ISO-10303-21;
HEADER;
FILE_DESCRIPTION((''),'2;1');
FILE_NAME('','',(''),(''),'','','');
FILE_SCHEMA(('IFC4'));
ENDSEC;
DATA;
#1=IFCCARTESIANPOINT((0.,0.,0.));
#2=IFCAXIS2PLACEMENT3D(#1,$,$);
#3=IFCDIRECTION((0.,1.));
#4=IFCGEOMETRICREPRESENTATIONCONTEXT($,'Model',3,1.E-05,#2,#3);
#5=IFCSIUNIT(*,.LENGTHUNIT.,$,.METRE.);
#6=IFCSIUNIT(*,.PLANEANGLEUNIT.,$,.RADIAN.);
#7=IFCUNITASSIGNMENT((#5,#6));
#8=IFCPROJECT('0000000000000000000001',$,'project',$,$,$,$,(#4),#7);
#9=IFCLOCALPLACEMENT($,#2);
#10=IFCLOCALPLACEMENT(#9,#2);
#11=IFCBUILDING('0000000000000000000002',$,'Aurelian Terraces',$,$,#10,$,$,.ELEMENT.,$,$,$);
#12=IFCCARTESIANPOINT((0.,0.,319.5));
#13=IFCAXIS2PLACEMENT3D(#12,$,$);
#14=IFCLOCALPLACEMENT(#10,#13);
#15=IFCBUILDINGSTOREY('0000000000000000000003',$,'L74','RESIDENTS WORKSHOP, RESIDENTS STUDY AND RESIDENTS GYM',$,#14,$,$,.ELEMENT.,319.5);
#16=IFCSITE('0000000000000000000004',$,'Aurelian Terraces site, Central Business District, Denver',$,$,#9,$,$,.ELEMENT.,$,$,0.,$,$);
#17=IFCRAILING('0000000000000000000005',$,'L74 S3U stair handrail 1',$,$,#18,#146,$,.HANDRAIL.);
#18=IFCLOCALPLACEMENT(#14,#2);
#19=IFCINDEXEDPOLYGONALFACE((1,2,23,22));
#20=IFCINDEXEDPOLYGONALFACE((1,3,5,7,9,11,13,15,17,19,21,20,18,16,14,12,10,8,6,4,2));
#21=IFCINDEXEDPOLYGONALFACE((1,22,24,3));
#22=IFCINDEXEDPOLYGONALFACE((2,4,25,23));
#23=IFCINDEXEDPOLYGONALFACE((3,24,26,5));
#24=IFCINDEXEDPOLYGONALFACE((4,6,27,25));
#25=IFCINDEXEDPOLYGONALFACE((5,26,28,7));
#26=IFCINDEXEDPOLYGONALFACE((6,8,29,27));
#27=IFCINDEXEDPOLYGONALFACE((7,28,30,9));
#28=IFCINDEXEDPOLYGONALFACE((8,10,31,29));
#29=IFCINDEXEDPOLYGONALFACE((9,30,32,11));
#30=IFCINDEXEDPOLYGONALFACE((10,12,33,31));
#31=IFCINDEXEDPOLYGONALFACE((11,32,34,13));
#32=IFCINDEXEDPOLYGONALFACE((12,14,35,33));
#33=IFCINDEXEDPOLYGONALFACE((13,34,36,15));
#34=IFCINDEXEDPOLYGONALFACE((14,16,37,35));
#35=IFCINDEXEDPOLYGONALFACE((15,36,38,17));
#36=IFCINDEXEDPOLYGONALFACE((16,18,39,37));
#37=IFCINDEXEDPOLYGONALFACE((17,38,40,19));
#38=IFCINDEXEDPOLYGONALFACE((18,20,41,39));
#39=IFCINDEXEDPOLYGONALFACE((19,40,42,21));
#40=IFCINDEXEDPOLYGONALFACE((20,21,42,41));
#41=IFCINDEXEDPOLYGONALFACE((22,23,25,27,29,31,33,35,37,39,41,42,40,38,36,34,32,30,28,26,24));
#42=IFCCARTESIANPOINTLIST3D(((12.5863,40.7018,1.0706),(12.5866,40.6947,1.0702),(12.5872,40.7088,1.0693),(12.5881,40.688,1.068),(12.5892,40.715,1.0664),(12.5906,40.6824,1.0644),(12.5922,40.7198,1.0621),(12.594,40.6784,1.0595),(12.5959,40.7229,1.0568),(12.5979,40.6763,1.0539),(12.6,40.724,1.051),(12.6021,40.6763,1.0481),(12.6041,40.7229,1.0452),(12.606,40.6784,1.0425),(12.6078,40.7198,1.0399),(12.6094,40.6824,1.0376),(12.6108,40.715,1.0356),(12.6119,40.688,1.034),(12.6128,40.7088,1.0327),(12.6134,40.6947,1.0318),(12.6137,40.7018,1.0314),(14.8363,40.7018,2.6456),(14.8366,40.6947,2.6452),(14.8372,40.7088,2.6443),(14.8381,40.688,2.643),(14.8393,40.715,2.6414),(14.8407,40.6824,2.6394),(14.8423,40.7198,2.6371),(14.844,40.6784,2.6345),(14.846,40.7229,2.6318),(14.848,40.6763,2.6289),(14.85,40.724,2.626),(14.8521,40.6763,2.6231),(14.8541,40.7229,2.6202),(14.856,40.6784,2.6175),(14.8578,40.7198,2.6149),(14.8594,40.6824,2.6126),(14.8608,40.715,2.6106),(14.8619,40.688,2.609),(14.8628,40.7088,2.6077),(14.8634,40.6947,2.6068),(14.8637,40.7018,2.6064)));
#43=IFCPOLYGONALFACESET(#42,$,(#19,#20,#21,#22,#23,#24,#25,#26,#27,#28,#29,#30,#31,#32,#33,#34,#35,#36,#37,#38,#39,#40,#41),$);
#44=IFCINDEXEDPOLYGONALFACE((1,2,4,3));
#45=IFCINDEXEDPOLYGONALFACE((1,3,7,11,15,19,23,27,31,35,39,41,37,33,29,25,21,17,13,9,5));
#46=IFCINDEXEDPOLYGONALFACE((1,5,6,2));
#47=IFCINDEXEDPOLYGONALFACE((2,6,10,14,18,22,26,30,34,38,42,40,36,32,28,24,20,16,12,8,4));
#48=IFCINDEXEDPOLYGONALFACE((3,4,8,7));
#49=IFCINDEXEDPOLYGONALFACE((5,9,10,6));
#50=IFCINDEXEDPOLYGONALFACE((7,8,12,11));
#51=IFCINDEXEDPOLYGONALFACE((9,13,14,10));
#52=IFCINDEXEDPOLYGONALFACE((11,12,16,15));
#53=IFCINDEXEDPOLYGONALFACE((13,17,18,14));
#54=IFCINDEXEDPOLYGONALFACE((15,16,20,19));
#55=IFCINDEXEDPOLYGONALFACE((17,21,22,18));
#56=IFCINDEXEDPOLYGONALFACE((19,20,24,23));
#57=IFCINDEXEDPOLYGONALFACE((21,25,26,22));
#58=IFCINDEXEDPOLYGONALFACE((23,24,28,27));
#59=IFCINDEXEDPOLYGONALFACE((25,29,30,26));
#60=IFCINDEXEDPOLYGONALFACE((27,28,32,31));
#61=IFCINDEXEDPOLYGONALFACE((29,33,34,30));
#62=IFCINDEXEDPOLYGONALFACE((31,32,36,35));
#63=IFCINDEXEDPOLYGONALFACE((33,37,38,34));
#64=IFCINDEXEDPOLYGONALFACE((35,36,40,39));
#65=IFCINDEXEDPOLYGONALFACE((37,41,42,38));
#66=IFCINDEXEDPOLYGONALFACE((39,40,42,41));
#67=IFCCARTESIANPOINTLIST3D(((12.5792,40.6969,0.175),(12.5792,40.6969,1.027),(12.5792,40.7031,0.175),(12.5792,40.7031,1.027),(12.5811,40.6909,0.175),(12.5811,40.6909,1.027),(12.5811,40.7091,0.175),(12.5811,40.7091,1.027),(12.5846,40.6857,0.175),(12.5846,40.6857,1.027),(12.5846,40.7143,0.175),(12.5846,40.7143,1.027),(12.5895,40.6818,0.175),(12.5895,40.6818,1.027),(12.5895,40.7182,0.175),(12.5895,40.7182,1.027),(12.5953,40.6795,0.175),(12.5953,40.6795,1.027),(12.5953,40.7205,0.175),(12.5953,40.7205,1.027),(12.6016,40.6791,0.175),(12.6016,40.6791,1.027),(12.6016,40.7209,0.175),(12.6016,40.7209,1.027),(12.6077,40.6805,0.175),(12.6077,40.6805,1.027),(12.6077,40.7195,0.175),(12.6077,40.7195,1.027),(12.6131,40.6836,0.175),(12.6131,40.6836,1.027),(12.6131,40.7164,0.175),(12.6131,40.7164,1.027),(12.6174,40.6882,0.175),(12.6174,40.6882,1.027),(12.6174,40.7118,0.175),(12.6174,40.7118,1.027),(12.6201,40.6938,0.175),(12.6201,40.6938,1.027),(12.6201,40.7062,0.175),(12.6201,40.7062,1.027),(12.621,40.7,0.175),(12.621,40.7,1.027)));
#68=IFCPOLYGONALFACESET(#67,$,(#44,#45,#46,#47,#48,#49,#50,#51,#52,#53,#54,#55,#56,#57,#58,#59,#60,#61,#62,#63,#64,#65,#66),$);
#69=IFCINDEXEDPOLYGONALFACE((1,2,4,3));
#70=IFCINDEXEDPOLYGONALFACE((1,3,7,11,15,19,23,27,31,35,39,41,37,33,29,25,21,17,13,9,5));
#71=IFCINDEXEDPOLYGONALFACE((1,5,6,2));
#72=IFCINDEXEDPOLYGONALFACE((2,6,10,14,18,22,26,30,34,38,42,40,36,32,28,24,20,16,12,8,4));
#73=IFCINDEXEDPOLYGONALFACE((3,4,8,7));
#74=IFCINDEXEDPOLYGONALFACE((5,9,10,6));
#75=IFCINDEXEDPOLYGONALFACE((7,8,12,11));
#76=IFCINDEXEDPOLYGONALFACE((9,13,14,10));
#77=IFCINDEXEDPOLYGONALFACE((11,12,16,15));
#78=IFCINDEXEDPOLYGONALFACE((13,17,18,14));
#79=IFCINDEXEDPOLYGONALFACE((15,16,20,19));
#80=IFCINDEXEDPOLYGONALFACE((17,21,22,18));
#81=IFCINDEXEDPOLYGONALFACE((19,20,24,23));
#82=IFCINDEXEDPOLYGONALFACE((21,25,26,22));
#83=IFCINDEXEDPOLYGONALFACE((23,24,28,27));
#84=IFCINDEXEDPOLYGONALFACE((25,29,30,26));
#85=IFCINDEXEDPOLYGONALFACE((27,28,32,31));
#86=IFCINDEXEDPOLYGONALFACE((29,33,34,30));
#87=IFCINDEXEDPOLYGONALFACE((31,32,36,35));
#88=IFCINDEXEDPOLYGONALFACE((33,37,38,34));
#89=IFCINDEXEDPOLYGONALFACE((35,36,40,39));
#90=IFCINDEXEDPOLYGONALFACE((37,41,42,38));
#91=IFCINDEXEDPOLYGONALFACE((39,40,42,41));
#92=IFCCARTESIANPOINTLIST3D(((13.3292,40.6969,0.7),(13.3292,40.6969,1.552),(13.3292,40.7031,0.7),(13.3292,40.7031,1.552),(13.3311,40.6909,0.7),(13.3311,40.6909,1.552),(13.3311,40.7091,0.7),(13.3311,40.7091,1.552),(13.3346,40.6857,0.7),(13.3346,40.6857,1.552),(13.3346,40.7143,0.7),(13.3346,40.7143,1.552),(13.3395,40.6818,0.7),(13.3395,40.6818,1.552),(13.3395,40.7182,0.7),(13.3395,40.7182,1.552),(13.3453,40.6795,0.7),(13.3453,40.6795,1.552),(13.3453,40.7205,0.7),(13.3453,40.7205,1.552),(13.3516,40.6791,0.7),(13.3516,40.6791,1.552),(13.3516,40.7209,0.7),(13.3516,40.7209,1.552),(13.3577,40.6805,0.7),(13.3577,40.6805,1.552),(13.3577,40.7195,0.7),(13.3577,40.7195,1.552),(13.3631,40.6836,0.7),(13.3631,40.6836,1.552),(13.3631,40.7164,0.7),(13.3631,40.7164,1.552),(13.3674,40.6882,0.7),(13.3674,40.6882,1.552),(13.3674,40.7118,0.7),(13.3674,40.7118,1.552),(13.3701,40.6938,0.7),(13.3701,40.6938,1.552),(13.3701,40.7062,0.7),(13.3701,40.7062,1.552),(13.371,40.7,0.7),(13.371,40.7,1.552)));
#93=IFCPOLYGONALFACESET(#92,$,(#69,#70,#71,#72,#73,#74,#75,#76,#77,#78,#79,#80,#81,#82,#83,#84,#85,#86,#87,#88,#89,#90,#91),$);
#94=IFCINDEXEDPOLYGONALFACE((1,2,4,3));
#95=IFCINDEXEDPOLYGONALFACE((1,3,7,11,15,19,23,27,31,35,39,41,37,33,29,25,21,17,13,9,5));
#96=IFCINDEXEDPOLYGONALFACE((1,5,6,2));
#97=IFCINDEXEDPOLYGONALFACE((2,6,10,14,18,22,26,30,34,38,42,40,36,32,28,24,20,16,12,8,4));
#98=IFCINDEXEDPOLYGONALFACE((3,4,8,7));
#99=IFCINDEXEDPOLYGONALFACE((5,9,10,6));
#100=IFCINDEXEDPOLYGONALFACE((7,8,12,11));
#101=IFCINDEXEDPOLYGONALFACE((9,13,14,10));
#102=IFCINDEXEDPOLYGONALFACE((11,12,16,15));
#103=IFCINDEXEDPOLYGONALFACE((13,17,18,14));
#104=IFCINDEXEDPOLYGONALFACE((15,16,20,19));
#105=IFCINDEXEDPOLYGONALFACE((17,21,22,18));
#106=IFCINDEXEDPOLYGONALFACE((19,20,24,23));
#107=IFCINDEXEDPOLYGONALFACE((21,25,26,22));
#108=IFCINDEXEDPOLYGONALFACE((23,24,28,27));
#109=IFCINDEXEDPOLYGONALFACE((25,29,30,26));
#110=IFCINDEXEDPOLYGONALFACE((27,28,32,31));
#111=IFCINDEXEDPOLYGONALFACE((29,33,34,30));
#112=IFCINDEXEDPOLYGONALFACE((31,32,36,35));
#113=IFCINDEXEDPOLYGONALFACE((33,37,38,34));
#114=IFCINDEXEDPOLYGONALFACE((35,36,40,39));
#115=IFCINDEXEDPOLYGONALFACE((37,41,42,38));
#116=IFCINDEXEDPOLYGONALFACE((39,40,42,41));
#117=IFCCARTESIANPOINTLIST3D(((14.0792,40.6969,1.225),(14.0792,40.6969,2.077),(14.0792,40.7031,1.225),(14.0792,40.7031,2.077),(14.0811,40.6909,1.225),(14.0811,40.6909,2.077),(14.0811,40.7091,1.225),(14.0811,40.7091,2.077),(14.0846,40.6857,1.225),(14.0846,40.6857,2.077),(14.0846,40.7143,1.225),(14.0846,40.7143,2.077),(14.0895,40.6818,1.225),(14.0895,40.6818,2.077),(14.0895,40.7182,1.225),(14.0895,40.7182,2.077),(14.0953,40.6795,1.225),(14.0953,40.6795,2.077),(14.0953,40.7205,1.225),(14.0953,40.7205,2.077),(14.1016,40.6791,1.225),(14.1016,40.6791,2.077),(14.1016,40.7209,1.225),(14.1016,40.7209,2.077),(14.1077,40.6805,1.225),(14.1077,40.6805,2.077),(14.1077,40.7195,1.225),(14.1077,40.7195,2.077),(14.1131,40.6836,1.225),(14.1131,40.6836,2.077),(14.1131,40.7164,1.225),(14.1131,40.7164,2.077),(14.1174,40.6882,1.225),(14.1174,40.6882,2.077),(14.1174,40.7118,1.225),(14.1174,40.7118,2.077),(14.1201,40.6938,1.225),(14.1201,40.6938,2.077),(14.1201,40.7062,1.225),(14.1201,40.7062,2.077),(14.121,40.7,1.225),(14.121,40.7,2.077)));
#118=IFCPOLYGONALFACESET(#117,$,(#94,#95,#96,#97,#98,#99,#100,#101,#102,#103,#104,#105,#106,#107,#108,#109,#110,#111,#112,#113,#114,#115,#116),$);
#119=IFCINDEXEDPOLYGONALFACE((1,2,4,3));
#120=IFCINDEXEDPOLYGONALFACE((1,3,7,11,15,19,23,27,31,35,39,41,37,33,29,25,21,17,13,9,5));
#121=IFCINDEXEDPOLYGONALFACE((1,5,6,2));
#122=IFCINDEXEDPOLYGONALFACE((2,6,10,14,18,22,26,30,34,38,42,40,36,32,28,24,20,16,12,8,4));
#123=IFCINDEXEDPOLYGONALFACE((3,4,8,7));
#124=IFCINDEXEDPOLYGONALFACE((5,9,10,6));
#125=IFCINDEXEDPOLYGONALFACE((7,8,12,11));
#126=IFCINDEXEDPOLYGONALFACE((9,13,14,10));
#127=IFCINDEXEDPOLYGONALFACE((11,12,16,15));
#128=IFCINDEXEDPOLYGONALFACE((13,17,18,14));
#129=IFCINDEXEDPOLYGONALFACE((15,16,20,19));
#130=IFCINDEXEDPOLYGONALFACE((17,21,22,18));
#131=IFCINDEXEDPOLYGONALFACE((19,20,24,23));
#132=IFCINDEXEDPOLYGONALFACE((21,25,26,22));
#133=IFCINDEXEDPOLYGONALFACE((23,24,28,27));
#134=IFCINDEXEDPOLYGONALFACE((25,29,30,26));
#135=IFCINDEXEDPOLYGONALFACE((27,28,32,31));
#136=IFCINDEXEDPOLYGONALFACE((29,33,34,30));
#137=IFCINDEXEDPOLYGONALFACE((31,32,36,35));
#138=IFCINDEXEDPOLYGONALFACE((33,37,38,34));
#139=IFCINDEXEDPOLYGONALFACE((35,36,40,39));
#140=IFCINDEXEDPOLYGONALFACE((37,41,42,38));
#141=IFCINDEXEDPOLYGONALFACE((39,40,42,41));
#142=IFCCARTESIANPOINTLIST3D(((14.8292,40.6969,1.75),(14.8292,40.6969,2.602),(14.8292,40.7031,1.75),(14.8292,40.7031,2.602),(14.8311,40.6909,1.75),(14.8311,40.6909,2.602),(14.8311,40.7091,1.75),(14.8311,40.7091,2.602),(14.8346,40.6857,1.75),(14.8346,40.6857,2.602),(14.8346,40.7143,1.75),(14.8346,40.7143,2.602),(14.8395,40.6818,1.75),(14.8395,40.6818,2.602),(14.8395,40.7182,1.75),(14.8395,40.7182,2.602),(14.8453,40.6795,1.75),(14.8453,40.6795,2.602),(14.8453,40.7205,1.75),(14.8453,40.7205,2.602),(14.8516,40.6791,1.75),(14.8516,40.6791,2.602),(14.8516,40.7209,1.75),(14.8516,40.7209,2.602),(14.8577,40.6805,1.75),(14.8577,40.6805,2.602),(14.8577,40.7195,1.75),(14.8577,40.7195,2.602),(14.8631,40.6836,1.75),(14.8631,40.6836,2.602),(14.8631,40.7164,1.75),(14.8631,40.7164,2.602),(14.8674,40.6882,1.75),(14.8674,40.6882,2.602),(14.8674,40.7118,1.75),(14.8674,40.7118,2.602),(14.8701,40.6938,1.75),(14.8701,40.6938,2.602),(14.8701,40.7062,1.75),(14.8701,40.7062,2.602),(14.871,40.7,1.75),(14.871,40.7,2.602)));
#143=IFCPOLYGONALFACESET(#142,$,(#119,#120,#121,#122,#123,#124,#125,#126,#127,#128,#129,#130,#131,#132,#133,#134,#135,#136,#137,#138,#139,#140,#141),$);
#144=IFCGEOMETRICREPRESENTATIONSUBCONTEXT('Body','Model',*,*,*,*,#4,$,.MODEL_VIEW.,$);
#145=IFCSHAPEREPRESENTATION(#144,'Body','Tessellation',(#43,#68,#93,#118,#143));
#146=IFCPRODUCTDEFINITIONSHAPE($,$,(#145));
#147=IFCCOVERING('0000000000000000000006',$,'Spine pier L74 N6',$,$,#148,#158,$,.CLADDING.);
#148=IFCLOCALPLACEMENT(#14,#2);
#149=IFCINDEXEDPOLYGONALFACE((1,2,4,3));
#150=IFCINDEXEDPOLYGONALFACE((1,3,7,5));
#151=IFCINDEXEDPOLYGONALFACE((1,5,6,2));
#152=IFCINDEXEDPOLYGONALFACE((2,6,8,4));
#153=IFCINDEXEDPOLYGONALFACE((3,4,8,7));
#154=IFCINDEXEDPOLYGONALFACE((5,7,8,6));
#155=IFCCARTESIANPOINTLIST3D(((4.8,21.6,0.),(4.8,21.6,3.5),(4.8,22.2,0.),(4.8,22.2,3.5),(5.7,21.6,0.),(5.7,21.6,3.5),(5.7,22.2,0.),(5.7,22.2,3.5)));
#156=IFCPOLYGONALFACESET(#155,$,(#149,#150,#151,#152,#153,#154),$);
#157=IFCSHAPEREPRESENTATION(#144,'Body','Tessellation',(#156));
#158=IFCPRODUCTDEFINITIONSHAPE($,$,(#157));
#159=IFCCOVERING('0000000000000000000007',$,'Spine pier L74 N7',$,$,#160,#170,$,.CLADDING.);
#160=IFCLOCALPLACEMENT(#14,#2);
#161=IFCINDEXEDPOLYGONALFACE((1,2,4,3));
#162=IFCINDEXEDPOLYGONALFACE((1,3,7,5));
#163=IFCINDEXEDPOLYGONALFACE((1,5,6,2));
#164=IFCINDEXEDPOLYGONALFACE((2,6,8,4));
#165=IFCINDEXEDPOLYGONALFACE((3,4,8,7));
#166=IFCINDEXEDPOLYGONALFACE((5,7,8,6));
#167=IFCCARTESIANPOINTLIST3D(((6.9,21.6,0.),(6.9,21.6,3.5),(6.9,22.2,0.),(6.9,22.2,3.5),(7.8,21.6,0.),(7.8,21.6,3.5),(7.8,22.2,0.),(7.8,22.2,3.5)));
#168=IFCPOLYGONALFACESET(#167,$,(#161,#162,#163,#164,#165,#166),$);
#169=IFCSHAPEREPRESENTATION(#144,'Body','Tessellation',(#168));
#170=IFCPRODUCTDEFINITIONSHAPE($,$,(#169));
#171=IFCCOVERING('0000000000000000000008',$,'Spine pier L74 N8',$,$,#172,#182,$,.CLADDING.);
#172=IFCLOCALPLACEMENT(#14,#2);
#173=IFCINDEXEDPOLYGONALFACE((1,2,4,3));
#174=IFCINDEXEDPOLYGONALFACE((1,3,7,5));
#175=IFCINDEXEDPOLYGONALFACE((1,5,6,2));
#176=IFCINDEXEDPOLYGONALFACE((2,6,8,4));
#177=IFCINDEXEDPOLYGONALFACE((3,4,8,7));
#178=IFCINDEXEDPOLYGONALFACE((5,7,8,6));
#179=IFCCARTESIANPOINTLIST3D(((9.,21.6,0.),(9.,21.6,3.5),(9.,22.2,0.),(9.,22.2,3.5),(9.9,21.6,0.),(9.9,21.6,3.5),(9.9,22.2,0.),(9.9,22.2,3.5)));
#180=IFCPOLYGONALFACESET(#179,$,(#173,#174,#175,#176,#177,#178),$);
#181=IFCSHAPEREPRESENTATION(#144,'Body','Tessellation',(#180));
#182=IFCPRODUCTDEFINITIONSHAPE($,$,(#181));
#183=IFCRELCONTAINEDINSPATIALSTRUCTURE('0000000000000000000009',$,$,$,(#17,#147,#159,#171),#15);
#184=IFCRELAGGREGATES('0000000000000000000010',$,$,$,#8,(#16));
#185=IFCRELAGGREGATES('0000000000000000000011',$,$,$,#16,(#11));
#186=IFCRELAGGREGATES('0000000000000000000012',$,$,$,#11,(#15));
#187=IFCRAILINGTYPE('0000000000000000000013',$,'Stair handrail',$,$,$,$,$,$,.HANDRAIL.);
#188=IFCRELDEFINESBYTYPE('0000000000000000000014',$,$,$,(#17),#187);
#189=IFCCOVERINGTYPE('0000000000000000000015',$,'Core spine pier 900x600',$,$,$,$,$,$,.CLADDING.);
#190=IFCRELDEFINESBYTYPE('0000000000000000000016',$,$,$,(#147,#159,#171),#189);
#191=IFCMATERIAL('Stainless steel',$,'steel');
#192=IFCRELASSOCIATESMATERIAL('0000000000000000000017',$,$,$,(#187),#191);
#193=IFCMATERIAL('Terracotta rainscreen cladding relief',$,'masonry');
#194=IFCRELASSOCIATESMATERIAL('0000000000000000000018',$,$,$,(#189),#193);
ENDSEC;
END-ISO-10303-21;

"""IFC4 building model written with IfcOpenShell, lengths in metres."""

from ifc_helpers import new_model, si_unit, direction, frame, origin, origin_2d, place, context, subcontext, project, spatial, rectangle, circle, extrude, source, transform, mapped, material, type_object, element, save


model = new_model("IFC4")

# Units and contexts
model_context = context("Model", 3, precision=1e-05, world=origin(), true_north=direction((0.0, 1.0)))
body_context = subcontext(model_context, "Body", "Model", "MODEL_VIEW")
ifc_project = project(units=[si_unit("LENGTHUNIT", "METRE"), si_unit("PLANEANGLEUNIT", "RADIAN")], contexts=[model_context])

# Site, building, storey
site_placement = place(None, origin())
site = spatial("IfcSite", under=ifc_project, at=site_placement, Name="Aurelian Terraces site, Central Business District, Denver", CompositionType="ELEMENT", RefElevation=0.0)
building_placement = place(site_placement, origin())
building = spatial("IfcBuilding", under=site, at=building_placement, Name="Aurelian Terraces", CompositionType="ELEMENT")
storey_placement = place(building_placement, frame((0.0, 0.0, 319.5)))
storey = spatial("IfcBuildingStorey", under=building, at=storey_placement, Name="L74", Description="RESIDENTS WORKSHOP, RESIDENTS STUDY AND RESIDENTS GYM", CompositionType="ELEMENT", Elevation=319.5)

# Shared definitions
ifc_material_1 = material(Name="Terracotta rainscreen cladding relief", Category="masonry")

# Railing
ifc_material_2 = material(Name="Stainless steel", Category="steel")
railing_type_1 = type_object("IfcRailingType", Name="Stair handrail", PredefinedType="HANDRAIL", material=ifc_material_2)
shared_shape_1 = source(origin(), body_context, "Body", "SweptSolid", [
    extrude(circle(Radius=0.024, at=origin_2d()), frame((0.0, 0.0, 0.876), z_axis=(0.819232, 0.0, 0.573462), x_axis=(0.0, 1.0, 0.0)), (0.0, 0.0, 1.0), 2.7465),
    extrude(circle(Radius=0.021, at=origin_2d()), origin(), (0.0, 0.0, 1.0), 0.852),
    extrude(circle(Radius=0.021, at=origin_2d()), frame((0.75, 0.0, 0.525)), (0.0, 0.0, 1.0), 0.852),
    extrude(circle(Radius=0.021, at=origin_2d()), frame((1.5, 0.0, 1.05)), (0.0, 0.0, 1.0), 0.852),
    extrude(circle(Radius=0.021, at=origin_2d()), frame((2.25, 0.0, 1.575)), (0.0, 0.0, 1.0), 0.852),
])
railing_1_placement = place(storey_placement, frame((12.6, 40.7, 0.175)))
element("IfcRailing", 1, at=railing_1_placement, inside=storey, type_object=railing_type_1, Name="L74 S3U stair handrail 1", PredefinedType="HANDRAIL", context=body_context, shape_type="MappedRepresentation", body=[
    mapped(shared_shape_1, transform((0.0, 0.0, 0.0), scale=1.0)),
])

# Coverings
covering_type_1 = type_object("IfcCoveringType", Name="Core spine pier 900x600", PredefinedType="CLADDING", material=ifc_material_1)
shared_shape_2 = source(origin(), body_context, "Body", "SweptSolid", [
    extrude(rectangle(XDim=0.9, YDim=0.6, at=origin_2d()), origin(), (0.0, 0.0, 1.0), 3.5),
])
for number, where, z_axis, x_axis, name in (
    (2, (5.25, 21.9, 0.0), (0.0, 0.0, 1.0), (1.0, 0.0, 0.0), "Spine pier L74 N6"),
    (3, (7.35, 21.9, 0.0), (0.0, 0.0, 1.0), (1.0, 0.0, 0.0), "Spine pier L74 N7"),
    (4, (9.45, 21.9, 0.0), (0.0, 0.0, 1.0), (1.0, 0.0, 0.0), "Spine pier L74 N8"),
):
    element("IfcCovering", number, at=place(storey_placement, frame(where, z_axis=z_axis, x_axis=x_axis)), inside=storey, type_object=covering_type_1, Name=name, PredefinedType="CLADDING", context=body_context, shape_type="MappedRepresentation", body=[
        mapped(shared_shape_2, transform((0.0, 0.0, 0.0), scale=1.0)),
    ])

save(model, "model.ifc")
